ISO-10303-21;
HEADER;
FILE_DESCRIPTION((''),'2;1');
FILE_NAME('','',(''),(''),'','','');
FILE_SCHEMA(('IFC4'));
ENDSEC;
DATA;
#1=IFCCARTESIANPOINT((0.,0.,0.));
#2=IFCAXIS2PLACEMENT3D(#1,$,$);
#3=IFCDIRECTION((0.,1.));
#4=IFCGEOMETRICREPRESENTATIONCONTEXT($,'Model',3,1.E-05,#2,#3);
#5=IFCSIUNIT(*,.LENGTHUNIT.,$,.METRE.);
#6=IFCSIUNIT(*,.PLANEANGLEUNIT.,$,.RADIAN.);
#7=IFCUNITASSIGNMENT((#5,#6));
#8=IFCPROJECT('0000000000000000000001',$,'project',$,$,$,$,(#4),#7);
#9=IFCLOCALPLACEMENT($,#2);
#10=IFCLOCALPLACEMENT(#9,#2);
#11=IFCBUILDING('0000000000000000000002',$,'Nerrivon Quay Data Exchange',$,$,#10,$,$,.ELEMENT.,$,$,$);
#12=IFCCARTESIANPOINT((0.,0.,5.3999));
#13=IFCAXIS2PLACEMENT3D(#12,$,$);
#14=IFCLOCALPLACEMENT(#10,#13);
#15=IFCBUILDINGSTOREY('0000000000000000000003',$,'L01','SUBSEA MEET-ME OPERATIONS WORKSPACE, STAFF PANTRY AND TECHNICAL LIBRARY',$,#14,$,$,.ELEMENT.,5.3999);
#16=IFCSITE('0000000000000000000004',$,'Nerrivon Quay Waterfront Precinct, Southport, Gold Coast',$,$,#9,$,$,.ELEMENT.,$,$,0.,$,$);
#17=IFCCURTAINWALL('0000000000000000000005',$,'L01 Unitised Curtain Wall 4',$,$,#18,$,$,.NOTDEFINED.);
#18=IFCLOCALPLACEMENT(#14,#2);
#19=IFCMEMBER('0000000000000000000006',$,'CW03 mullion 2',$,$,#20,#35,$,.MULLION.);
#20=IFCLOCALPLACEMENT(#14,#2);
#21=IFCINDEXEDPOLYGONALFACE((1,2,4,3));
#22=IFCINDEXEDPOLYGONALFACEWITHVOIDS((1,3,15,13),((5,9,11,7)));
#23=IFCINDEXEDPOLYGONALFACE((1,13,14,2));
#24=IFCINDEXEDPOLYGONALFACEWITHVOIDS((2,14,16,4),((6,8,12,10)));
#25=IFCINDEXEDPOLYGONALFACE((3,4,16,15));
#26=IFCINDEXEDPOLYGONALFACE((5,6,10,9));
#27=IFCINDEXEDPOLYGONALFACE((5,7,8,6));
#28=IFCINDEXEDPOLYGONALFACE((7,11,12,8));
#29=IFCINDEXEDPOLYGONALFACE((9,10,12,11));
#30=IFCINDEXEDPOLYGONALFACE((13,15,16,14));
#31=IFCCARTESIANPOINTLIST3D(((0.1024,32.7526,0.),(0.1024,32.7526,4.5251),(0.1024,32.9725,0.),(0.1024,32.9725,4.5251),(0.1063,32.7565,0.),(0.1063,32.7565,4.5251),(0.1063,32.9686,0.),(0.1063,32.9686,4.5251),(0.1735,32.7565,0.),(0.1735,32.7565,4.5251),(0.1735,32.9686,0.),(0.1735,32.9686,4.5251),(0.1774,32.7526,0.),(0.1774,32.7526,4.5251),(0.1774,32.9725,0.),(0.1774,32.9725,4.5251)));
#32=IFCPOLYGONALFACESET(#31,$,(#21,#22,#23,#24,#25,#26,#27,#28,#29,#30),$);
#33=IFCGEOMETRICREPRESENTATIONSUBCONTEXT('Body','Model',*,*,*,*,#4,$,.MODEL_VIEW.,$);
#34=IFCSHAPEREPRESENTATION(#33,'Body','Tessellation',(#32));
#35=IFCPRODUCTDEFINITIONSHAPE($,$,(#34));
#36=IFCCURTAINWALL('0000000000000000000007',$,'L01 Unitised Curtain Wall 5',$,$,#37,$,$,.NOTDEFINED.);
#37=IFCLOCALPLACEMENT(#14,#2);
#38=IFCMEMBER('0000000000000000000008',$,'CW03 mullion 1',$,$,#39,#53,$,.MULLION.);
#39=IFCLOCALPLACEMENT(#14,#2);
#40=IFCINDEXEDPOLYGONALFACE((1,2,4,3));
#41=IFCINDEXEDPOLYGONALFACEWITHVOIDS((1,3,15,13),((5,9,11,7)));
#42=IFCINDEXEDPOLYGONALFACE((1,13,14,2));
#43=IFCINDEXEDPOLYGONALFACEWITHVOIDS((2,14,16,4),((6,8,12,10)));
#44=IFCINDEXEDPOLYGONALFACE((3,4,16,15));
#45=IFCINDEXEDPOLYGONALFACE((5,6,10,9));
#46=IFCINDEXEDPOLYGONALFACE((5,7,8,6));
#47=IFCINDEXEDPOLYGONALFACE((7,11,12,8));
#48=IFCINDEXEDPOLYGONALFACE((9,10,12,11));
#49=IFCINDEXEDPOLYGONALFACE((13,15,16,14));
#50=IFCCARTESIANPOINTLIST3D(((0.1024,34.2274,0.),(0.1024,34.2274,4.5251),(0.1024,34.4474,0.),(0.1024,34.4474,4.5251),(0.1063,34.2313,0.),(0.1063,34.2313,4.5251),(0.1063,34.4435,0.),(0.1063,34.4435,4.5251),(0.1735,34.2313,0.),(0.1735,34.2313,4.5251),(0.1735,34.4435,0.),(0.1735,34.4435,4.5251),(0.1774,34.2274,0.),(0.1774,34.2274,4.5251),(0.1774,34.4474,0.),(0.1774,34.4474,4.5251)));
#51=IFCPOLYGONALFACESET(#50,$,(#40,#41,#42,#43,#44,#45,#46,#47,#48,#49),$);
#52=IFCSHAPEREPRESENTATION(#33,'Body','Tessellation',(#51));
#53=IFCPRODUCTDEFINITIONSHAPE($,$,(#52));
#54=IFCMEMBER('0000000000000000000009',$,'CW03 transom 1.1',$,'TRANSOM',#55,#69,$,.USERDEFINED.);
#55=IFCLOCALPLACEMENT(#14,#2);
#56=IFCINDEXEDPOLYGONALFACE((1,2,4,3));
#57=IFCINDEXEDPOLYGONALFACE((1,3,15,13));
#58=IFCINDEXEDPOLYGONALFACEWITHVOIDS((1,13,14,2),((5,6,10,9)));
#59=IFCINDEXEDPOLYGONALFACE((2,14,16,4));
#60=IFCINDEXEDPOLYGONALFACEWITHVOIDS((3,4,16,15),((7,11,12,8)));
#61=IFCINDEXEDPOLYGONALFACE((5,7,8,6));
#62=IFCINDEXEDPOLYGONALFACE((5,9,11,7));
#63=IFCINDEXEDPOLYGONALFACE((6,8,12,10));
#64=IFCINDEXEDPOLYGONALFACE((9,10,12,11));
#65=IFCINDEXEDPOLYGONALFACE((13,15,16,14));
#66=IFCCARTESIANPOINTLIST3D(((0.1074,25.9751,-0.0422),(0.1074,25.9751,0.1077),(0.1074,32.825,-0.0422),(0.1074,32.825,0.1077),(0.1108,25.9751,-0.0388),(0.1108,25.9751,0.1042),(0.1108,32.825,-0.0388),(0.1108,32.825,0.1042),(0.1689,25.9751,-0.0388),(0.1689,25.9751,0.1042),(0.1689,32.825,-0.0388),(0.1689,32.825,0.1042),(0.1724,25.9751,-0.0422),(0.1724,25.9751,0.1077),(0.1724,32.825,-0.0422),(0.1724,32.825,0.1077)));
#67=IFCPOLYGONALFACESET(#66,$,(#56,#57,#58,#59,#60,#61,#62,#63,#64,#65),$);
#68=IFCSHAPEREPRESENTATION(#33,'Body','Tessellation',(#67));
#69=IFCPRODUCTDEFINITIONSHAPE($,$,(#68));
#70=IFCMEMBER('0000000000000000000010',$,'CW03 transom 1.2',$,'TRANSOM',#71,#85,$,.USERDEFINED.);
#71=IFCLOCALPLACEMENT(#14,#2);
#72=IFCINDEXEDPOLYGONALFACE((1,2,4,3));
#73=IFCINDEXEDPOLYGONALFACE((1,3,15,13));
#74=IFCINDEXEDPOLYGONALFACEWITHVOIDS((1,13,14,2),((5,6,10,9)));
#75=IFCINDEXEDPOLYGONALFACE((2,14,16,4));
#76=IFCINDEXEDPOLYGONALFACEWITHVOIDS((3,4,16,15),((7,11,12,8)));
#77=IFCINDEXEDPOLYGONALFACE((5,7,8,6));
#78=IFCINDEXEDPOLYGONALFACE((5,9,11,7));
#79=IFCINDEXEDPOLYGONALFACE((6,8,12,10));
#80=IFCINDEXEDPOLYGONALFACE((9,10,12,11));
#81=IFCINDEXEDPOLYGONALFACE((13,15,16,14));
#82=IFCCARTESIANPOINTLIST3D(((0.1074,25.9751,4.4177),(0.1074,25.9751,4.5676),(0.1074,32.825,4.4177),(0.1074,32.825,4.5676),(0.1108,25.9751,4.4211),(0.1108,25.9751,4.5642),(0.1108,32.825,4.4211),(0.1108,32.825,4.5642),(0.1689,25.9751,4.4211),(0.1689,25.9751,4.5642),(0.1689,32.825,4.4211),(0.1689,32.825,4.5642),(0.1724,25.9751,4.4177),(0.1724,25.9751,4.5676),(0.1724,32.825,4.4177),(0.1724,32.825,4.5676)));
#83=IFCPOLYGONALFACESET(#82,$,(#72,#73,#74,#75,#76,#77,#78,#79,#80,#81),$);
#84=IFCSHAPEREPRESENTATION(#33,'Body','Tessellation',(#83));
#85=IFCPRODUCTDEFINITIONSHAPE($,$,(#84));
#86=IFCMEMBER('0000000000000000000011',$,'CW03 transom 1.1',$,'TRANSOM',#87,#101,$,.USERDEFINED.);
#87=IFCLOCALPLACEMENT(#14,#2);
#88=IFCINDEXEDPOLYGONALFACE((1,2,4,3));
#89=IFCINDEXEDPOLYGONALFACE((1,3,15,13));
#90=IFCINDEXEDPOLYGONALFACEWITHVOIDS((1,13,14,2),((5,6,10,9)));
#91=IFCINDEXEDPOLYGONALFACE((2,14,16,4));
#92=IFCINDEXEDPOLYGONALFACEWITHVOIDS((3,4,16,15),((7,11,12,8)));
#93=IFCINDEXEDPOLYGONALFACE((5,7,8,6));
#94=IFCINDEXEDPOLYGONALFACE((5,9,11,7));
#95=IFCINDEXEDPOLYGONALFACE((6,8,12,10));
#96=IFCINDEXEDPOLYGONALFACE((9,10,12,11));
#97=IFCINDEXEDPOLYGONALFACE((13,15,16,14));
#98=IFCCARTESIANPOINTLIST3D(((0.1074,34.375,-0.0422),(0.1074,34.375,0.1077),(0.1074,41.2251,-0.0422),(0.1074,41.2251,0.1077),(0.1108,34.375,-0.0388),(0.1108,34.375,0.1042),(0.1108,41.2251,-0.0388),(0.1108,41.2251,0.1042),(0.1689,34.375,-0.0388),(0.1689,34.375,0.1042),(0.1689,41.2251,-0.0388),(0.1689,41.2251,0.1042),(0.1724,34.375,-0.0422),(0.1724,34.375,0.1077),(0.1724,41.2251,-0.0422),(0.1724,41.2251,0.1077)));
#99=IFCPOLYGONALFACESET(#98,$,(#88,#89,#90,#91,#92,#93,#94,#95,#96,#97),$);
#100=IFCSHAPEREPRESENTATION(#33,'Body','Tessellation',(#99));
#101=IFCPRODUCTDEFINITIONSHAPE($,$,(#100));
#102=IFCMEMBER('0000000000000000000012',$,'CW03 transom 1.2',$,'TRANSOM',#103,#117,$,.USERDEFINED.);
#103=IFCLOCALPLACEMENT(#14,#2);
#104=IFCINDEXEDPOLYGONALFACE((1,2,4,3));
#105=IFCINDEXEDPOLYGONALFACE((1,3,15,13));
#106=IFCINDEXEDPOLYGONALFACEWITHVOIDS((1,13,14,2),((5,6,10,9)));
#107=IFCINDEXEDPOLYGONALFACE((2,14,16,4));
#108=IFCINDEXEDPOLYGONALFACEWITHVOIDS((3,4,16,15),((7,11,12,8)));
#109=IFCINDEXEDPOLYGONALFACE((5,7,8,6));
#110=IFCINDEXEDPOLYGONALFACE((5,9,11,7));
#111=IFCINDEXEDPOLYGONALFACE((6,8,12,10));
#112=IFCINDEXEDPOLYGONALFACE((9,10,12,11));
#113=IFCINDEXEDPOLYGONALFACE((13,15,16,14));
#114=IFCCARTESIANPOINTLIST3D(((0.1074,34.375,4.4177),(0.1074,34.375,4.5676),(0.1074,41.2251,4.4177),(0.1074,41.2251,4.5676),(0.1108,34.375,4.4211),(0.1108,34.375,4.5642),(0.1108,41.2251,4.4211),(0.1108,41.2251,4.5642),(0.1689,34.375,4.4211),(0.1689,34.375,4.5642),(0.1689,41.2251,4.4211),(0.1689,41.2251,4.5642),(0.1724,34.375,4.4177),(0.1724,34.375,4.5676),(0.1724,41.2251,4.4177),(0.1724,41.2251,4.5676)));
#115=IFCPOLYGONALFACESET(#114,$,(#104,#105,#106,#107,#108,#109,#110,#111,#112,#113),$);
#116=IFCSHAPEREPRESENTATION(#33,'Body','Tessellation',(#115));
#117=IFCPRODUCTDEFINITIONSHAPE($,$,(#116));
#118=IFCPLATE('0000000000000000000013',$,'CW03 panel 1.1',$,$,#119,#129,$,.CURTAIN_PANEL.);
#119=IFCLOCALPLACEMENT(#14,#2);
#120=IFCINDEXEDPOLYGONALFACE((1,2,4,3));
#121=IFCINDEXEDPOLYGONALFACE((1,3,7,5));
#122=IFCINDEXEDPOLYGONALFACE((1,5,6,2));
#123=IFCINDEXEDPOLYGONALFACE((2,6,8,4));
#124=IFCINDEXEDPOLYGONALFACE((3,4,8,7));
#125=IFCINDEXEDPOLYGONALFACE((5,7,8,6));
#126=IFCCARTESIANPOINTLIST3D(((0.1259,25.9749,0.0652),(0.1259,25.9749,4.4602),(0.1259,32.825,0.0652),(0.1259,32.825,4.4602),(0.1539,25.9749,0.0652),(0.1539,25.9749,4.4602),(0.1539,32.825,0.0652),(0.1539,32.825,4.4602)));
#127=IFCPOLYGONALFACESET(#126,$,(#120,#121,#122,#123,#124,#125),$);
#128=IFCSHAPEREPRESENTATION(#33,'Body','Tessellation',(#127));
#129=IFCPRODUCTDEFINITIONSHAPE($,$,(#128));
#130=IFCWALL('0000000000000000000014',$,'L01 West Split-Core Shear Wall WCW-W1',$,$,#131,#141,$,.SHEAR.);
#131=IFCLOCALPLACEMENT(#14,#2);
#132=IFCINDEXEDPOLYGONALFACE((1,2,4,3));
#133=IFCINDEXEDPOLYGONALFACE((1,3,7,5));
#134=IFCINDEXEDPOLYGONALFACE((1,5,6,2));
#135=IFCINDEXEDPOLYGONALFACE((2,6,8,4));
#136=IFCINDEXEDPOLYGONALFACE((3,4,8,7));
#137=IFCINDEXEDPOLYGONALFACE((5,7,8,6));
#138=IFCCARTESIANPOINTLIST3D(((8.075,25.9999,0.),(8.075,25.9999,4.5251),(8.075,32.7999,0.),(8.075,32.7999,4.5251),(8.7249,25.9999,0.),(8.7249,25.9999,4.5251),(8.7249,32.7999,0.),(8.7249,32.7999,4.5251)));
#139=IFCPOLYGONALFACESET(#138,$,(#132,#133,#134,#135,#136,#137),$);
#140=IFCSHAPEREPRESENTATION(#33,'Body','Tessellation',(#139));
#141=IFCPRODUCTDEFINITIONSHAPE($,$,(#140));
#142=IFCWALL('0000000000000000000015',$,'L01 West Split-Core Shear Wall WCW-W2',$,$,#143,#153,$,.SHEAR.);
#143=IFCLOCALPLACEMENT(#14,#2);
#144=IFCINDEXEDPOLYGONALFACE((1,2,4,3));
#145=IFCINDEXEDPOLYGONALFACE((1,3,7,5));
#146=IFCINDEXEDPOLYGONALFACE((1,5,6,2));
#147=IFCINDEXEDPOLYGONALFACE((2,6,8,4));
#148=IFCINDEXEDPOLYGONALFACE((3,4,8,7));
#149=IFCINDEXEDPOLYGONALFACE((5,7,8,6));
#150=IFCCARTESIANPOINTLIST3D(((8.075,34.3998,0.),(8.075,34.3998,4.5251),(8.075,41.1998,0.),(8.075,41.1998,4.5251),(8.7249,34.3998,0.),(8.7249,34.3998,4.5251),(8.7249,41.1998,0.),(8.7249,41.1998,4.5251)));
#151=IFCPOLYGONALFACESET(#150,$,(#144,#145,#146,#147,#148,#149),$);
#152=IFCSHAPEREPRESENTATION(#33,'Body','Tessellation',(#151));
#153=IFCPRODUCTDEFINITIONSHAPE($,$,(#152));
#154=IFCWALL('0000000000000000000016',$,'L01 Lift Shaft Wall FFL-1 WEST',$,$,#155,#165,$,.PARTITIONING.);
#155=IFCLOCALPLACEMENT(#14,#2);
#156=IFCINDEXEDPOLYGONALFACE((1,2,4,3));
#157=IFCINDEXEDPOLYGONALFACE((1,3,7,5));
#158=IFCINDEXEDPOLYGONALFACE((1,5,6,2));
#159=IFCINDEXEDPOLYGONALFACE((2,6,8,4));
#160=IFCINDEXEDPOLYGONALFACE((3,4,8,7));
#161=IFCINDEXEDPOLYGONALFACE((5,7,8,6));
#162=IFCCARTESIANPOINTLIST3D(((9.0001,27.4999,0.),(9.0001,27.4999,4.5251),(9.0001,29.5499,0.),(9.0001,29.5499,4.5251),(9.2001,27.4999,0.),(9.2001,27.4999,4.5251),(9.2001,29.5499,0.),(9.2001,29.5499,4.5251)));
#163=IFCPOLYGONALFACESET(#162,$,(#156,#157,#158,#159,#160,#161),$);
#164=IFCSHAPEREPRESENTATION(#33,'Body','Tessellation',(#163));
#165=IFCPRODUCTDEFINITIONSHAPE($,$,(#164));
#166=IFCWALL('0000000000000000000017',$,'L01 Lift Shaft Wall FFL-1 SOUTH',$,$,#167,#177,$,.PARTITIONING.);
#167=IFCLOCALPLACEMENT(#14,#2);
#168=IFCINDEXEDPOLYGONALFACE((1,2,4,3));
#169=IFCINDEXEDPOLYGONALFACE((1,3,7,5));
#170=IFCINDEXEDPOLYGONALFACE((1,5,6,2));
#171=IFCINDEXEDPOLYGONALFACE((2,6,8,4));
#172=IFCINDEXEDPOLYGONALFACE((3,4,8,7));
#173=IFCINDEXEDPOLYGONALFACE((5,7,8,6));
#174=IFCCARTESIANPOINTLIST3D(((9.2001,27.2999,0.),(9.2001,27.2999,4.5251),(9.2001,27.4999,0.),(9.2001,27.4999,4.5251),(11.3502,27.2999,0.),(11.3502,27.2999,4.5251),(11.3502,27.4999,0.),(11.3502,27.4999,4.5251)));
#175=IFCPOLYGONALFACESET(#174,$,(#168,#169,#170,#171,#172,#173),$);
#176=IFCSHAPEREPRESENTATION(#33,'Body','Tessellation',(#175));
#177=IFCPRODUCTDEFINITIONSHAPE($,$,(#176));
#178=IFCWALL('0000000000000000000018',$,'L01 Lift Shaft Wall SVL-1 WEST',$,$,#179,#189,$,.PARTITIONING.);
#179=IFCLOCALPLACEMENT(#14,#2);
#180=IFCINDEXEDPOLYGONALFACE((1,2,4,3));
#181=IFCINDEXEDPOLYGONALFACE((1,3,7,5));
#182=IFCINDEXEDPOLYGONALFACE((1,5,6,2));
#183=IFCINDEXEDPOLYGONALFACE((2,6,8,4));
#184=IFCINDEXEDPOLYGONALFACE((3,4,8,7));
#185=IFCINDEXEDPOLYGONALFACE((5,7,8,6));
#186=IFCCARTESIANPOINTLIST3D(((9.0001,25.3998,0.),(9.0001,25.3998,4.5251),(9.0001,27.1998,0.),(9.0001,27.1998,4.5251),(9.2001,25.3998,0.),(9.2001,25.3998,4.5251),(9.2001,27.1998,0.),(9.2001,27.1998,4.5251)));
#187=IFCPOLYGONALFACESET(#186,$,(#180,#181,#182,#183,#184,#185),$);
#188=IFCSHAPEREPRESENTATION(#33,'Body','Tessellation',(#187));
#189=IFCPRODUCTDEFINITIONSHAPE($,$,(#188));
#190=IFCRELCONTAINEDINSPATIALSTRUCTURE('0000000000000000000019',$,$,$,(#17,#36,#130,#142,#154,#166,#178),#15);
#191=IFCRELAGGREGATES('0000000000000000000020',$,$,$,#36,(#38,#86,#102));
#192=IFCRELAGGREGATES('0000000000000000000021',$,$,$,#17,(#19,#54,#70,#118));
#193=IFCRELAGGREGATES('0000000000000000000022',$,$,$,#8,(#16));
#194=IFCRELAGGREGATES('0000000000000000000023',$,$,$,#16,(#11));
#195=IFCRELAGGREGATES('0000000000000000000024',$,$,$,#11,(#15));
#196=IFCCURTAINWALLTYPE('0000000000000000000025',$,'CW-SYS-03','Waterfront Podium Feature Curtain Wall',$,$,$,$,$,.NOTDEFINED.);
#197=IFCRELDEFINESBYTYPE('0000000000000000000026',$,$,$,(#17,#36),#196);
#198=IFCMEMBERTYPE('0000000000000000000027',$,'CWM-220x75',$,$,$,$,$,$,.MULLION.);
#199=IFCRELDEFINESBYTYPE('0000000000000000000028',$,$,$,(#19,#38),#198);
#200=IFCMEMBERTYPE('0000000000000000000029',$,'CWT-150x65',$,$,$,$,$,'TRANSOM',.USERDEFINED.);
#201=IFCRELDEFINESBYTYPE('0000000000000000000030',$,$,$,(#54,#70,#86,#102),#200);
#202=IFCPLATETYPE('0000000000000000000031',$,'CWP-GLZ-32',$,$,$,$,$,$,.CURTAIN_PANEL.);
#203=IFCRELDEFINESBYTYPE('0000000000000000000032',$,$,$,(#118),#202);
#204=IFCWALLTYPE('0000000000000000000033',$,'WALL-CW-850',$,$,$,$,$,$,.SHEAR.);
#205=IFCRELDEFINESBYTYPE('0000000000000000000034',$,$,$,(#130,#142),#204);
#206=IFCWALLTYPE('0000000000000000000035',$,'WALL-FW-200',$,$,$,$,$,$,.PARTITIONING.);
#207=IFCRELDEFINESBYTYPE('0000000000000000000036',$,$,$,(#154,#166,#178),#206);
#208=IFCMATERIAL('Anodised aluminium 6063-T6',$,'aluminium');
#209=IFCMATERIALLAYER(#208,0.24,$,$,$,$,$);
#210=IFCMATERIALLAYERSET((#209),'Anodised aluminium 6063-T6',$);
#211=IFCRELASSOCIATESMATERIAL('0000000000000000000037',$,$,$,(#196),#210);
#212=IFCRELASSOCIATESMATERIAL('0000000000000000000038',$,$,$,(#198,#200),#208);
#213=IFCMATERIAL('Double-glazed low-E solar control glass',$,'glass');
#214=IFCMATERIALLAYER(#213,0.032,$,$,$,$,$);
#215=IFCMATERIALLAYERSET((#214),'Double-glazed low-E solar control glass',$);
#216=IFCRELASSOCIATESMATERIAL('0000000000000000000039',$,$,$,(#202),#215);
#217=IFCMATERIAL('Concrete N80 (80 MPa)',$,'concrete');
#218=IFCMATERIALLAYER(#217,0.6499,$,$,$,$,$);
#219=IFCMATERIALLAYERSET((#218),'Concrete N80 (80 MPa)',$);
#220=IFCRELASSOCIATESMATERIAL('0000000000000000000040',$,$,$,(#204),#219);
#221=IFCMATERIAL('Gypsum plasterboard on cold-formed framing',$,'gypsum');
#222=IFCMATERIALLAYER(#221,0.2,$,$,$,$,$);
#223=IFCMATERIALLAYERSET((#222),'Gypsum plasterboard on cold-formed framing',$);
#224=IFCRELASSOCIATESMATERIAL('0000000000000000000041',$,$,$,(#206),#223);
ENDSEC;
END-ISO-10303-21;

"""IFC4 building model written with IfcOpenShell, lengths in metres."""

from ifc_helpers import new_model, si_unit, direction, frame, frame_2d, origin, origin_2d, place, context, subcontext, project, spatial, rectangle, hollow_rectangle, extrude, material, layer, layer_set, material_profile, profile_set, type_object, element, aggregate, save


model = new_model("IFC4")

# Units and contexts
model_context = context("Model", 3, precision=1e-05, world=origin(), true_north=direction((0.0, 1.0)))
body_context = subcontext(model_context, "Body", "Model", "MODEL_VIEW")
ifc_project = project(units=[si_unit("LENGTHUNIT", "METRE"), si_unit("PLANEANGLEUNIT", "RADIAN")], contexts=[model_context])

# Site, building, storey
site_placement = place(None, origin())
site = spatial("IfcSite", under=ifc_project, at=site_placement, Name="Nerrivon Quay Waterfront Precinct, Southport, Gold Coast", CompositionType="ELEMENT", RefElevation=0.0)
building_placement = place(site_placement, origin())
building = spatial("IfcBuilding", under=site, at=building_placement, Name="Nerrivon Quay Data Exchange", CompositionType="ELEMENT")
storey_placement = place(building_placement, frame((0.0, 0.0, 5.3999)))
storey = spatial("IfcBuildingStorey", under=building, at=storey_placement, Name="L01", Description="SUBSEA MEET-ME OPERATIONS WORKSPACE, STAFF PANTRY AND TECHNICAL LIBRARY", CompositionType="ELEMENT", Elevation=5.3999)

# Shared definitions
ifc_material_1 = material(Name="Concrete N80 (80 MPa)", Category="concrete")

# Curtain wall, member
ifc_material_2 = material(Name="Anodised aluminium 6063-T6", Category="aluminium")
ifc_layer_1 = layer(ifc_material_2, 0.24)
ifc_layer_set_1 = layer_set([ifc_layer_1], Name="Anodised aluminium 6063-T6")
curtain_wall_type = type_object("IfcCurtainWallType", Name="CW-SYS-03", Description="Waterfront Podium Feature Curtain Wall", PredefinedType="NOTDEFINED", material=ifc_layer_set_1)
curtain_wall_1_placement = place(storey_placement, origin())
curtain_wall_1 = element("IfcCurtainWall", 1, at=curtain_wall_1_placement, inside=storey, type_object=curtain_wall_type, Name="L01 Unitised Curtain Wall 4", PredefinedType="NOTDEFINED")
ifc_material_profile_1 = material_profile(ifc_material_2, hollow_rectangle(XDim=0.075, YDim=0.22, WallThickness=0.0039, at=origin_2d()), Name="ALU-MULL-220x75")
ifc_profile_set_1 = profile_set([ifc_material_profile_1], Name="Anodised aluminium 6063-T6")
member_type_1 = type_object("IfcMemberType", Name="CWM-220x75", PredefinedType="MULLION", material=ifc_profile_set_1)
member_1_placement = place(storey_placement, frame((0.1399, 32.8625, 0.0), z_axis=(0.0, 0.0, 1.0), x_axis=(-1.0, 0.0, 0.0)))
member_1 = element("IfcMember", 2, at=member_1_placement, type_object=member_type_1, Name="CW03 mullion 2", PredefinedType="MULLION", context=body_context, shape_type="SweptSolid", body=[
    extrude(hollow_rectangle(XDim=0.075, YDim=0.22, WallThickness=0.0039, at=origin_2d()), origin(), (0.0, 0.0, 1.0), 4.5251),
])

# Curtain wall, member
curtain_wall_2_placement = place(storey_placement, origin())
curtain_wall_2 = element("IfcCurtainWall", 3, at=curtain_wall_2_placement, inside=storey, type_object=curtain_wall_type, Name="L01 Unitised Curtain Wall 5", PredefinedType="NOTDEFINED")
member_2_placement = place(storey_placement, frame((0.1399, 34.3374, 0.0), z_axis=(0.0, 0.0, 1.0), x_axis=(-1.0, 0.0, 0.0)))
member_2 = element("IfcMember", 4, at=member_2_placement, type_object=member_type_1, Name="CW03 mullion 1", PredefinedType="MULLION", context=body_context, shape_type="SweptSolid", body=[
    extrude(hollow_rectangle(XDim=0.075, YDim=0.22, WallThickness=0.0039, at=origin_2d()), origin(), (0.0, 0.0, 1.0), 4.5251),
])

# Members
ifc_material_profile_2 = material_profile(ifc_material_2, hollow_rectangle(XDim=0.0649, YDim=0.1499, WallThickness=0.0034, at=origin_2d()), Name="ALU-TRAN-150x65")
ifc_profile_set_2 = profile_set([ifc_material_profile_2], Name="Anodised aluminium 6063-T6")
member_type_2 = type_object("IfcMemberType", Name="CWT-150x65", ElementType="TRANSOM", PredefinedType="USERDEFINED", material=ifc_profile_set_2)
member_3_placement = place(storey_placement, frame((0.1399, 25.9751, 0.0327), z_axis=(0.0, 1.0, 0.0), x_axis=(-1.0, 0.0, 0.0)))
member_3 = element("IfcMember", 5, at=member_3_placement, type_object=member_type_2, Name="CW03 transom 1.1", ObjectType="TRANSOM", PredefinedType="USERDEFINED", context=body_context, shape_type="SweptSolid", body=[
    extrude(hollow_rectangle(XDim=0.0649, YDim=0.1499, WallThickness=0.0034, at=origin_2d()), origin(), (0.0, 0.0, 1.0), 6.8499),
])
member_4_placement = place(storey_placement, frame((0.1399, 25.9751, 4.4927), z_axis=(0.0, 1.0, 0.0), x_axis=(-1.0, 0.0, 0.0)))
member_4 = element("IfcMember", 6, at=member_4_placement, type_object=member_type_2, Name="CW03 transom 1.2", ObjectType="TRANSOM", PredefinedType="USERDEFINED", context=body_context, shape_type="SweptSolid", body=[
    extrude(hollow_rectangle(XDim=0.0649, YDim=0.1499, WallThickness=0.0034, at=origin_2d()), origin(), (0.0, 0.0, 1.0), 6.8499),
])
member_5_placement = place(storey_placement, frame((0.1399, 34.375, 0.0327), z_axis=(0.0, 1.0, 0.0), x_axis=(-1.0, 0.0, 0.0)))
member_5 = element("IfcMember", 7, at=member_5_placement, type_object=member_type_2, Name="CW03 transom 1.1", ObjectType="TRANSOM", PredefinedType="USERDEFINED", context=body_context, shape_type="SweptSolid", body=[
    extrude(hollow_rectangle(XDim=0.0649, YDim=0.1499, WallThickness=0.0034, at=origin_2d()), origin(), (0.0, 0.0, 1.0), 6.8501),
])
member_6_placement = place(storey_placement, frame((0.1399, 34.375, 4.4927), z_axis=(0.0, 1.0, 0.0), x_axis=(-1.0, 0.0, 0.0)))
member_6 = element("IfcMember", 8, at=member_6_placement, type_object=member_type_2, Name="CW03 transom 1.2", ObjectType="TRANSOM", PredefinedType="USERDEFINED", context=body_context, shape_type="SweptSolid", body=[
    extrude(hollow_rectangle(XDim=0.0649, YDim=0.1499, WallThickness=0.0034, at=origin_2d()), origin(), (0.0, 0.0, 1.0), 6.8501),
])
aggregate(curtain_wall_2, [member_2, member_5, member_6])

# Plate
ifc_material_3 = material(Name="Double-glazed low-E solar control glass", Category="glass")
ifc_layer_2 = layer(ifc_material_3, 0.032)
ifc_layer_set_2 = layer_set([ifc_layer_2], Name="Double-glazed low-E solar control glass")
plate_type = type_object("IfcPlateType", Name="CWP-GLZ-32", PredefinedType="CURTAIN_PANEL", material=ifc_layer_set_2)
plate_placement = place(storey_placement, frame((0.1399, 29.3999, 0.0652), z_axis=(0.0, 0.0, 1.0), x_axis=(0.0, 1.0, 0.0)))
plate = element("IfcPlate", 9, at=plate_placement, type_object=plate_type, Name="CW03 panel 1.1", PredefinedType="CURTAIN_PANEL", context=body_context, shape_type="SweptSolid", body=[
    extrude(rectangle(XDim=6.8501, YDim=0.0281, at=origin_2d()), origin(), (0.0, 0.0, 1.0), 4.395),
])
aggregate(curtain_wall_1, [member_1, member_3, member_4, plate])

# Walls
ifc_layer_3 = layer(ifc_material_1, 0.6499)
ifc_layer_set_3 = layer_set([ifc_layer_3], Name="Concrete N80 (80 MPa)")
wall_type_1 = type_object("IfcWallType", Name="WALL-CW-850", PredefinedType="SHEAR", material=ifc_layer_set_3)
for number, where, z_axis, x_axis, name in (
    (10, (8.3999, 26.0, 0.0), (0.0, 0.0, 1.0), (0.0, 1.0, 0.0), "L01 West Split-Core Shear Wall WCW-W1"),
    (11, (8.3999, 34.3999, 0.0), (0.0, 0.0, 1.0), (0.0, 1.0, 0.0), "L01 West Split-Core Shear Wall WCW-W2"),
):
    element("IfcWall", number, at=place(storey_placement, frame(where, z_axis=z_axis, x_axis=x_axis)), inside=storey, type_object=wall_type_1, Name=name, PredefinedType="SHEAR", context=body_context, shape_type="SweptSolid", body=[
        extrude(rectangle(XDim=6.8, YDim=0.6499, at=frame_2d((3.3999, 0.0))), origin(), (0.0, 0.0, 1.0), 4.5251),
    ])
ifc_material_4 = material(Name="Gypsum plasterboard on cold-formed framing", Category="gypsum")
ifc_layer_4 = layer(ifc_material_4, 0.2)
ifc_layer_set_4 = layer_set([ifc_layer_4], Name="Gypsum plasterboard on cold-formed framing")
wall_type_2 = type_object("IfcWallType", Name="WALL-FW-200", PredefinedType="PARTITIONING", material=ifc_layer_set_4)
wall_1_placement = place(storey_placement, frame((9.1001, 27.5, 0.0), z_axis=(0.0, 0.0, 1.0), x_axis=(0.0, 1.0, 0.0)))
element("IfcWall", 12, at=wall_1_placement, inside=storey, type_object=wall_type_2, Name="L01 Lift Shaft Wall FFL-1 WEST", PredefinedType="PARTITIONING", context=body_context, shape_type="SweptSolid", body=[
    extrude(rectangle(XDim=2.05, YDim=0.2, at=frame_2d((1.0249, 0.0))), origin(), (0.0, 0.0, 1.0), 4.5251),
])
wall_2_placement = place(storey_placement, frame((9.2, 27.3999, 0.0), z_axis=(0.0, 0.0, 1.0), x_axis=(1.0, 0.0, 0.0)))
element("IfcWall", 13, at=wall_2_placement, inside=storey, type_object=wall_type_2, Name="L01 Lift Shaft Wall FFL-1 SOUTH", PredefinedType="PARTITIONING", context=body_context, shape_type="SweptSolid", body=[
    extrude(rectangle(XDim=2.1501, YDim=0.2, at=frame_2d((1.0752, 0.0))), origin(), (0.0, 0.0, 1.0), 4.5251),
])
wall_3_placement = place(storey_placement, frame((9.1001, 25.3999, 0.0), z_axis=(0.0, 0.0, 1.0), x_axis=(0.0, 1.0, 0.0)))
element("IfcWall", 14, at=wall_3_placement, inside=storey, type_object=wall_type_2, Name="L01 Lift Shaft Wall SVL-1 WEST", PredefinedType="PARTITIONING", context=body_context, shape_type="SweptSolid", body=[
    extrude(rectangle(XDim=1.8, YDim=0.2, at=frame_2d((0.8999, 0.0))), origin(), (0.0, 0.0, 1.0), 4.5251),
])

save(model, "model.ifc")
